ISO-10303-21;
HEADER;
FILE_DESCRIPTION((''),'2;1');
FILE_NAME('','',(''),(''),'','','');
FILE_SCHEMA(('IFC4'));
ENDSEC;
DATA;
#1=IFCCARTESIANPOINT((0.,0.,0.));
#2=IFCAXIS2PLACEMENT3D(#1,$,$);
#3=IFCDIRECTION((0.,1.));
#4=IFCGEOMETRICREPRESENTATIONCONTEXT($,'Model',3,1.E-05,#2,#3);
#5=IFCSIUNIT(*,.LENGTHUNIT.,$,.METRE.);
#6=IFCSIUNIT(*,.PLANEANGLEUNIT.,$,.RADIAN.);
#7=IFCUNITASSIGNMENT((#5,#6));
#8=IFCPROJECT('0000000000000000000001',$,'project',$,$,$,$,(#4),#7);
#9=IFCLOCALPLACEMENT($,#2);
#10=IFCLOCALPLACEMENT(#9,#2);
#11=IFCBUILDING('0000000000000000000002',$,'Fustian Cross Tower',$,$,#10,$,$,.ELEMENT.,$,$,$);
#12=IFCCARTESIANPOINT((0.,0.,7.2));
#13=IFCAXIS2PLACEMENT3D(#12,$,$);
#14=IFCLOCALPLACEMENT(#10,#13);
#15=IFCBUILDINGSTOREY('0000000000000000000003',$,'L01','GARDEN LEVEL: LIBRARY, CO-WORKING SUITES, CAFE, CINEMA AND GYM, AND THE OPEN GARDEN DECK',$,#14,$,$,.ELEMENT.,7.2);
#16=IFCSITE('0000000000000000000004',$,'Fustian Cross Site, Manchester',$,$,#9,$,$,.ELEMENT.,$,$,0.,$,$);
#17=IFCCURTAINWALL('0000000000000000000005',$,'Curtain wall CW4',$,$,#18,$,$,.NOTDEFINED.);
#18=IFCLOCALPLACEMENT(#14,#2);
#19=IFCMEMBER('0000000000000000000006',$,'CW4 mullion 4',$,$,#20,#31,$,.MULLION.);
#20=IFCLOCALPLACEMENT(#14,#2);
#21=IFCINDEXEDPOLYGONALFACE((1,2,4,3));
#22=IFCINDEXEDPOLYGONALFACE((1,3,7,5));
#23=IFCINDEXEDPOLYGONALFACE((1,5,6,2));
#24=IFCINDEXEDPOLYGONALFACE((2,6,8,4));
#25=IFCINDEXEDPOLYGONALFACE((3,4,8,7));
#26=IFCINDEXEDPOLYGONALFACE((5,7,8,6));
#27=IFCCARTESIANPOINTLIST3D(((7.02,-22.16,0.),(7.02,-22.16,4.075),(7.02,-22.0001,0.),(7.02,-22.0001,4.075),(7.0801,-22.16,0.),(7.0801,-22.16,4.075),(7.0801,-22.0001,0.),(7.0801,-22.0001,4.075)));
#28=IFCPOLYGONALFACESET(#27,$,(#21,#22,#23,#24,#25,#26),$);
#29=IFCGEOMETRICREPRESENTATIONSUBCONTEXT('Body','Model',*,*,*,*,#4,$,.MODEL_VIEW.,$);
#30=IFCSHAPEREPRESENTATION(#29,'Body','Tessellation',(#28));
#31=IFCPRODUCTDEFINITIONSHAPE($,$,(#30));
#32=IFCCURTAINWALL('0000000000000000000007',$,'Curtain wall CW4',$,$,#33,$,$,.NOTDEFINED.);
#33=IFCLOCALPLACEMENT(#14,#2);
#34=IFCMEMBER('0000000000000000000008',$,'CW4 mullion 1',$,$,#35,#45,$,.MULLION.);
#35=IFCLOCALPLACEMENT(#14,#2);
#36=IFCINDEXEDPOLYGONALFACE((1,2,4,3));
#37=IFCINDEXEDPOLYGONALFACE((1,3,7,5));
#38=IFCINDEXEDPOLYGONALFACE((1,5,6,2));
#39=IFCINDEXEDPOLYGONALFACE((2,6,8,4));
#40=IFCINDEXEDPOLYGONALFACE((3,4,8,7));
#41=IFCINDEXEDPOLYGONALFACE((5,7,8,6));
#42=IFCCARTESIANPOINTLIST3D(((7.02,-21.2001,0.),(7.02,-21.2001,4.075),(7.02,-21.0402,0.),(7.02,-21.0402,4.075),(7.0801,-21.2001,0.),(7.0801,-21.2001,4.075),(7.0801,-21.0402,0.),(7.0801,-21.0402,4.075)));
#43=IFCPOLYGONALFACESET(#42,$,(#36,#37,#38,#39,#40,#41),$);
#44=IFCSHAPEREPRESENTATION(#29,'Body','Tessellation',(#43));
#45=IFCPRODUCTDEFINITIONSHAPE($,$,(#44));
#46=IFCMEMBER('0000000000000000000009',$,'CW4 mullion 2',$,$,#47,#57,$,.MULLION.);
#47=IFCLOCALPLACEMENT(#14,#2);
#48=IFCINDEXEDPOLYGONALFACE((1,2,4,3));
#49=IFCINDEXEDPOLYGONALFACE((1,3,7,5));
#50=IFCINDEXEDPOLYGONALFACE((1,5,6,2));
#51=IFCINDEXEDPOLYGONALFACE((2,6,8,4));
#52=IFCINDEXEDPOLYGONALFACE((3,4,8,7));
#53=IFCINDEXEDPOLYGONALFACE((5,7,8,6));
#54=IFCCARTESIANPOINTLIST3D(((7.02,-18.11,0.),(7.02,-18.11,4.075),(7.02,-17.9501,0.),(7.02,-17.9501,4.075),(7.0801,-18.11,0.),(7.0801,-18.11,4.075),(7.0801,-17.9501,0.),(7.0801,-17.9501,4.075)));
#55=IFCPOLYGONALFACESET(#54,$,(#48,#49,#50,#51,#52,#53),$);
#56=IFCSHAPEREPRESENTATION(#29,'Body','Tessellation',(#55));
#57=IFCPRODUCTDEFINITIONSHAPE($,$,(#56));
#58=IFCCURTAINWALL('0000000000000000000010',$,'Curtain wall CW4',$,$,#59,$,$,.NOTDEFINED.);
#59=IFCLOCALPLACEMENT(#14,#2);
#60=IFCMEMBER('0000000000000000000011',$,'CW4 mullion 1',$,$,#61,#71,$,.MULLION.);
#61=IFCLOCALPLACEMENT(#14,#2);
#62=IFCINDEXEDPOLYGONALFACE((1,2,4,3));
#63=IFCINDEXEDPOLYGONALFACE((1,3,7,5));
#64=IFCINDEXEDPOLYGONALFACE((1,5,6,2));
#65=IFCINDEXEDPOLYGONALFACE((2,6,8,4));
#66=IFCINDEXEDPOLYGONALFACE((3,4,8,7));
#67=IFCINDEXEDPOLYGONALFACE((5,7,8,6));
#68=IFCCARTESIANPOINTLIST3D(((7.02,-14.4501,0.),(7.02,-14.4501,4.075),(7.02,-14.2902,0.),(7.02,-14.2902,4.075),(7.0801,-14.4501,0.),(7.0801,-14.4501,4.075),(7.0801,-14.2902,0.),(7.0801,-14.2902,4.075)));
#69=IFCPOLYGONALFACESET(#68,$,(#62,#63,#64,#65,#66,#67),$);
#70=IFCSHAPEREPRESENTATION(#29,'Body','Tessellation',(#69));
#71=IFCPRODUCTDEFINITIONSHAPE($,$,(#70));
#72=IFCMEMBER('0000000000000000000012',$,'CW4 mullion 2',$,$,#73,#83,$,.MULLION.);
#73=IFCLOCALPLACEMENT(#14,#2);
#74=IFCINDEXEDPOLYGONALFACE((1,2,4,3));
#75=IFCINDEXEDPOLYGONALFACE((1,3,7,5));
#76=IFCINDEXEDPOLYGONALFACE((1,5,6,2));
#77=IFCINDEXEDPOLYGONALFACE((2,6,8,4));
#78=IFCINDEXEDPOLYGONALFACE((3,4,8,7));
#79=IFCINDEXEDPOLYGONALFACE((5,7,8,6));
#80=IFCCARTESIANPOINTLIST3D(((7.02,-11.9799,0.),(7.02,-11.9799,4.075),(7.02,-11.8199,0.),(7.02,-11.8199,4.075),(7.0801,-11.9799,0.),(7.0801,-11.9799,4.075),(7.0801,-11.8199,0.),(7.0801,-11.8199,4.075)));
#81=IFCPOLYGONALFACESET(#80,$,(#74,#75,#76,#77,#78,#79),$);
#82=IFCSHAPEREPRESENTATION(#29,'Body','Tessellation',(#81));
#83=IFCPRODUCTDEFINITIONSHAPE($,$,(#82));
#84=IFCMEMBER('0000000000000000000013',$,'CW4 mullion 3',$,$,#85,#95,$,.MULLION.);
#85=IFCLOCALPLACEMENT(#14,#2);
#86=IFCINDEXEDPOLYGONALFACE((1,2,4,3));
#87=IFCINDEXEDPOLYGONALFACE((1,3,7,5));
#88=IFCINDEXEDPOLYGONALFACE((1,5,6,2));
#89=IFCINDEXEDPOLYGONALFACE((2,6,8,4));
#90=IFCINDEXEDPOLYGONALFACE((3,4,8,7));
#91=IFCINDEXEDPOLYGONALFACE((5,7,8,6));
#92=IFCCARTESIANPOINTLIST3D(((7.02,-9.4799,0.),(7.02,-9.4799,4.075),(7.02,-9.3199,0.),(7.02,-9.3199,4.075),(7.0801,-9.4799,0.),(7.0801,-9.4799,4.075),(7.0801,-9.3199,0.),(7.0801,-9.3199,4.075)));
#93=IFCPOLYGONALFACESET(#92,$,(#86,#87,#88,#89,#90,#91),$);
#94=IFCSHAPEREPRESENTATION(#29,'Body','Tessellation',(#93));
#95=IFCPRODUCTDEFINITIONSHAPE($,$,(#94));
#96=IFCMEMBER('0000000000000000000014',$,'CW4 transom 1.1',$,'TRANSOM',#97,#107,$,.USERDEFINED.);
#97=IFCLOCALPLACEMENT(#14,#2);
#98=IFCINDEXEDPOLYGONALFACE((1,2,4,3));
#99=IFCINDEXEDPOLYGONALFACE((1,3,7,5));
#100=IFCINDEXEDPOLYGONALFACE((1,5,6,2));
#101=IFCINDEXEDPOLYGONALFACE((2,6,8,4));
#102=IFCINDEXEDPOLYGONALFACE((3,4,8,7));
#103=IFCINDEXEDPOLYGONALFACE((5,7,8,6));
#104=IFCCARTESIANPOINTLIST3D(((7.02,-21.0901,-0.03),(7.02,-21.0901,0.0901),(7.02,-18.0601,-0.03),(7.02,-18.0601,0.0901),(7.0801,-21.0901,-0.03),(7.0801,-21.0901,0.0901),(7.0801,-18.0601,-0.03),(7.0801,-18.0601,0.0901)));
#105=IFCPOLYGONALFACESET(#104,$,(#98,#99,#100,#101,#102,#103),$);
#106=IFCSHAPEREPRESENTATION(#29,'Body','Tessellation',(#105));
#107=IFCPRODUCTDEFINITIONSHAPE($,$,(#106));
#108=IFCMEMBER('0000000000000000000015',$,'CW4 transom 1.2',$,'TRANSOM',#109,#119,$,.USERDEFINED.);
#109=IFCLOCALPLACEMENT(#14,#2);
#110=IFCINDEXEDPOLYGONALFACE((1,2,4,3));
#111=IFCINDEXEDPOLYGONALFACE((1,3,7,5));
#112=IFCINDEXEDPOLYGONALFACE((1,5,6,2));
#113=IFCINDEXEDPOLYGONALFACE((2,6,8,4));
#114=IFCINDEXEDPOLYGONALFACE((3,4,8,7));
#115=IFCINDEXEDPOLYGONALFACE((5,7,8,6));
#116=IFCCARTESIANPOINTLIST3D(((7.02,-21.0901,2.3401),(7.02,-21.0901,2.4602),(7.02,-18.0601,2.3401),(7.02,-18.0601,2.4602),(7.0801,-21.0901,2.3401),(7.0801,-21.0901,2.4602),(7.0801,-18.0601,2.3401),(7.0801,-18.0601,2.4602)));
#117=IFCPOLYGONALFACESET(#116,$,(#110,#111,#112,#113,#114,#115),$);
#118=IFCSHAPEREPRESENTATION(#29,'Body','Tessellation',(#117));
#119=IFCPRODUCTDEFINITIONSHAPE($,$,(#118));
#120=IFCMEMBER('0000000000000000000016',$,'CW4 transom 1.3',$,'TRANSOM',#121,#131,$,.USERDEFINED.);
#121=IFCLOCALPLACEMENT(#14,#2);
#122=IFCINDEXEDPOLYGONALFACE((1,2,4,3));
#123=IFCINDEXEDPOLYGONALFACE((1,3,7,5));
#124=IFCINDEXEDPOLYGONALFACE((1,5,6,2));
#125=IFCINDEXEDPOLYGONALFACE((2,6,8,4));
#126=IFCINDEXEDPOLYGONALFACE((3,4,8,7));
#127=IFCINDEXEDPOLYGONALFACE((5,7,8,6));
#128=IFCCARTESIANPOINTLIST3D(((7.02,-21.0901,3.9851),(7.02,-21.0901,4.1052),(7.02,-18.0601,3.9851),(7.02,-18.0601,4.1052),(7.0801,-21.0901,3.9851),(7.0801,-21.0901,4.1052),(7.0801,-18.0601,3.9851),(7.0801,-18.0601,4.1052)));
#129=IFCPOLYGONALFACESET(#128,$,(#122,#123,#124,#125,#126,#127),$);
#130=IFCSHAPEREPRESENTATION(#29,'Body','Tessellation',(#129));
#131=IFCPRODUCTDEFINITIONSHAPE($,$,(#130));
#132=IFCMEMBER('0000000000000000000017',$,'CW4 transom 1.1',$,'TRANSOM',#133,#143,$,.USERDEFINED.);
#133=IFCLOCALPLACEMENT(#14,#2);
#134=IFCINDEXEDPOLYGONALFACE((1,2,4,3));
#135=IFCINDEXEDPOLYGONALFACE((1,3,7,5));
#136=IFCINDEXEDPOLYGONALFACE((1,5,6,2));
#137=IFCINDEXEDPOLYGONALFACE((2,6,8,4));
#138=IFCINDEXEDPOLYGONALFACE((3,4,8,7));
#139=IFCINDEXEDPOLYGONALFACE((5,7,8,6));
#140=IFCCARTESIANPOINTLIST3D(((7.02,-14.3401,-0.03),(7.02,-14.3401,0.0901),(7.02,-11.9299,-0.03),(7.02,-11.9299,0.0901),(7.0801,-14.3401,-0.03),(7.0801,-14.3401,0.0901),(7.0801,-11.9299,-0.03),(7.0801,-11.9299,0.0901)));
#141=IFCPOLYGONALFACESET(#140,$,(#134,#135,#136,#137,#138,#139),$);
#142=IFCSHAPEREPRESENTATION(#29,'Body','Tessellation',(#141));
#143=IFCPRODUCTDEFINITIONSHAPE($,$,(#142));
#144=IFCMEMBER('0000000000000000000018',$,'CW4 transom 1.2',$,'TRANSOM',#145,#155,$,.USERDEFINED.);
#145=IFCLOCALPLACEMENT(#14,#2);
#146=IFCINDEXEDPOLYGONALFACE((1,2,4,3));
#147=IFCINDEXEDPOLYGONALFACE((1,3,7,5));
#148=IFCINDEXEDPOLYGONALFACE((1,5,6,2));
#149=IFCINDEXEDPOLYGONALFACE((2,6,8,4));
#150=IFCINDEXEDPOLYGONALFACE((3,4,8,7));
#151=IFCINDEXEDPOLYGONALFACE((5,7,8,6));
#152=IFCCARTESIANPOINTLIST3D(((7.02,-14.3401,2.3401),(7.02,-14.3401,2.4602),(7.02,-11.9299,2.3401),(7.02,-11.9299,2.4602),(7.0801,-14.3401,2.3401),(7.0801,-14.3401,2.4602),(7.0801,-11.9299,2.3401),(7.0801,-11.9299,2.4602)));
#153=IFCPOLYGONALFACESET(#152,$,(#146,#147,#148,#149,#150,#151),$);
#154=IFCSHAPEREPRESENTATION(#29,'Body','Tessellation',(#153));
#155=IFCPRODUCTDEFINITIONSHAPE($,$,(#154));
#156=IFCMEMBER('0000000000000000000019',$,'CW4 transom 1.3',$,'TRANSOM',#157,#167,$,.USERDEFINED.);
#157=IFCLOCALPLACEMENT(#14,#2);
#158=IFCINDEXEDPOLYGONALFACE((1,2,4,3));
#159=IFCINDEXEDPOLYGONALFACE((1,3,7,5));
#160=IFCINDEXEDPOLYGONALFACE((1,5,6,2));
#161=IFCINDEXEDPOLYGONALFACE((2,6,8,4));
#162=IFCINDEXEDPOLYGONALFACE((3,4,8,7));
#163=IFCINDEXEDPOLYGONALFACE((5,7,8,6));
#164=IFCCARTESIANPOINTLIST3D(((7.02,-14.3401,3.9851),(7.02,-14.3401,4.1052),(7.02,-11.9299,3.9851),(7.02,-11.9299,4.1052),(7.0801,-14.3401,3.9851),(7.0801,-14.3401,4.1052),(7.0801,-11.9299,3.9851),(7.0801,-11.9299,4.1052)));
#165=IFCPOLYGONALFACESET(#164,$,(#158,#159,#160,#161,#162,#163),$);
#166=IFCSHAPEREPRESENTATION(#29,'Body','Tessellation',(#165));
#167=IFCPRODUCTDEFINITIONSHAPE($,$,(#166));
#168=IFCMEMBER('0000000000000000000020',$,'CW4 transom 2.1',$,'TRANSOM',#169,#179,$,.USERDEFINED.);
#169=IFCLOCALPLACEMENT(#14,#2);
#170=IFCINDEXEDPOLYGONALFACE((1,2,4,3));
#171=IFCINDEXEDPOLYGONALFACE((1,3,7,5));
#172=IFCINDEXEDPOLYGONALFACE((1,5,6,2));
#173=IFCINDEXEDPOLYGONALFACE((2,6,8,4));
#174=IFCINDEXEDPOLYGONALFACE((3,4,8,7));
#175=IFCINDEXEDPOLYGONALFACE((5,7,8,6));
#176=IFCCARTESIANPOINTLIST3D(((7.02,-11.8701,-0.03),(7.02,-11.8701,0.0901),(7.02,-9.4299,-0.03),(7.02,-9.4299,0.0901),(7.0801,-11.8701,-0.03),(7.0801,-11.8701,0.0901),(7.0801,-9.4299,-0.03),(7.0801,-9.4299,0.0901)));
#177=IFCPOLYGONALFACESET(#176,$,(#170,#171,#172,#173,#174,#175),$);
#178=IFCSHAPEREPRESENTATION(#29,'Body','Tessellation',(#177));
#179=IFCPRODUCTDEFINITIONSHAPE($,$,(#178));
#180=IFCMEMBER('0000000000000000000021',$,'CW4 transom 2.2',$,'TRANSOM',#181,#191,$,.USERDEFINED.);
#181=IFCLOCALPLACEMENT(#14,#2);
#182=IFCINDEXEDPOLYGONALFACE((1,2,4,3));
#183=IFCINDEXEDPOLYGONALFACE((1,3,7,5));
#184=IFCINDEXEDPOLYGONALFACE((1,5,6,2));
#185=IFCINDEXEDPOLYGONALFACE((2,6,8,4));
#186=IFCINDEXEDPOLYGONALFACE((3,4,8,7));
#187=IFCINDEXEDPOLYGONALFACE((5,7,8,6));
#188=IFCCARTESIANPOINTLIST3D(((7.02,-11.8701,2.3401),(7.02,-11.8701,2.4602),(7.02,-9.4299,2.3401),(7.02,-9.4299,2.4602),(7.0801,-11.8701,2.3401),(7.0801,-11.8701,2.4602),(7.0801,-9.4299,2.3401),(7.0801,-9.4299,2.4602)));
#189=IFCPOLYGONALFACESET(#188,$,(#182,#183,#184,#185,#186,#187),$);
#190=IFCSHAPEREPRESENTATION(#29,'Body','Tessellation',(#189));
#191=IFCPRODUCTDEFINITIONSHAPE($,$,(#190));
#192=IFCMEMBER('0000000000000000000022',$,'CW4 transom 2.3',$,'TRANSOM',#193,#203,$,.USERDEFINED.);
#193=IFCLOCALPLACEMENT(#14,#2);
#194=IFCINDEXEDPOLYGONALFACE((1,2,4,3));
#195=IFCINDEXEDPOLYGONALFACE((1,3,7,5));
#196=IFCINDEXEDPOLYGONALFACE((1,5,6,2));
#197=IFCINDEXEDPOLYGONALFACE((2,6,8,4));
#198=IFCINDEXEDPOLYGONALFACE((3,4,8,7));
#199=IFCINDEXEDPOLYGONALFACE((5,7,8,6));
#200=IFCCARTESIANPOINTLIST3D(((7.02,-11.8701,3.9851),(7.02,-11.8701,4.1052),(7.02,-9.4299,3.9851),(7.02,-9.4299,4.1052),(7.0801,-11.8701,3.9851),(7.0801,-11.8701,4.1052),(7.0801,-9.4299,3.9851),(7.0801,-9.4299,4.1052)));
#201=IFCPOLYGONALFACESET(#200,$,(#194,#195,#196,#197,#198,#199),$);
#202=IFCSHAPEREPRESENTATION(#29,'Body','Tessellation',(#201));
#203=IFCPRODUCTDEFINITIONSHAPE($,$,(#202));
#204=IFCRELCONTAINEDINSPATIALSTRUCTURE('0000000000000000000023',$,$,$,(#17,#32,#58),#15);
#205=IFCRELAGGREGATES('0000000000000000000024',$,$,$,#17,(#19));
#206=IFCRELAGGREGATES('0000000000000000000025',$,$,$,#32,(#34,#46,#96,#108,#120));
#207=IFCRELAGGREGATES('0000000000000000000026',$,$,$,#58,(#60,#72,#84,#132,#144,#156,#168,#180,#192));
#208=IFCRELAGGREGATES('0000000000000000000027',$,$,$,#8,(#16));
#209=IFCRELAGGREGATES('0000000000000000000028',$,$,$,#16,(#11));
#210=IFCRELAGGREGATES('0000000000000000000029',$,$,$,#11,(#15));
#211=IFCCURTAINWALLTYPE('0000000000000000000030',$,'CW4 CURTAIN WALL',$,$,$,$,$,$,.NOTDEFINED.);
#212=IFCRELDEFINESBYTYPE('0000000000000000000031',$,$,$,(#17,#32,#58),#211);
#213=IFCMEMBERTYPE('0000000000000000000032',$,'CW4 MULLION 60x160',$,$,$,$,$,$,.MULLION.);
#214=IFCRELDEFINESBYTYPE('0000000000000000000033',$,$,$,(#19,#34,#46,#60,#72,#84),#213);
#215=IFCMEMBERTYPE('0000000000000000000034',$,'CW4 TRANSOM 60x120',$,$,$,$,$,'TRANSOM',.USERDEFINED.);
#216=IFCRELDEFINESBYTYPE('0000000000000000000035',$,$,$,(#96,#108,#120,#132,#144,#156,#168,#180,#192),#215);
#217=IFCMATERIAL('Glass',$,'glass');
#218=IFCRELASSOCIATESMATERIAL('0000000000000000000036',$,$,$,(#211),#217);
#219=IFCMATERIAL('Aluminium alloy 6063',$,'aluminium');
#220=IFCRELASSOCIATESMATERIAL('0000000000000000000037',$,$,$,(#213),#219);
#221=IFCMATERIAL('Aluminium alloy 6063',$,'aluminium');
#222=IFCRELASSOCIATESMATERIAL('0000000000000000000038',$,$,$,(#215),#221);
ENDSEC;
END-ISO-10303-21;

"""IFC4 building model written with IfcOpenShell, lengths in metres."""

from ifc_helpers import new_model, si_unit, direction, frame, origin, origin_2d, place, context, subcontext, project, spatial, rectangle, extrude, material, material_profile, profile_set, type_object, element, aggregate, save


model = new_model("IFC4")

# Units and contexts
model_context = context("Model", 3, precision=1e-05, world=origin(), true_north=direction((0.0, 1.0)))
body_context = subcontext(model_context, "Body", "Model", "MODEL_VIEW")
ifc_project = project(units=[si_unit("LENGTHUNIT", "METRE"), si_unit("PLANEANGLEUNIT", "RADIAN")], contexts=[model_context])

# Site, building, storey
site_placement = place(None, origin())
site = spatial("IfcSite", under=ifc_project, at=site_placement, Name="Fustian Cross Site, Manchester", CompositionType="ELEMENT", RefElevation=0.0)
building_placement = place(site_placement, origin())
building = spatial("IfcBuilding", under=site, at=building_placement, Name="Fustian Cross Tower", CompositionType="ELEMENT")
storey_placement = place(building_placement, frame((0.0, 0.0, 7.2)))
storey = spatial("IfcBuildingStorey", under=building, at=storey_placement, Name="L01", Description="GARDEN LEVEL: LIBRARY, CO-WORKING SUITES, CAFE, CINEMA AND GYM, AND THE OPEN GARDEN DECK", CompositionType="ELEMENT", Elevation=7.2)

# Curtain wall, member
ifc_material_1 = material(Name="Glass", Category="glass")
curtain_wall_type = type_object("IfcCurtainWallType", Name="CW4 CURTAIN WALL", PredefinedType="NOTDEFINED", material=ifc_material_1)
curtain_wall_1_placement = place(storey_placement, origin())
curtain_wall_1 = element("IfcCurtainWall", 1, at=curtain_wall_1_placement, inside=storey, type_object=curtain_wall_type, Name="Curtain wall CW4", PredefinedType="NOTDEFINED")
ifc_material_2 = material(Name="Aluminium alloy 6063", Category="aluminium")
ifc_material_profile_1 = material_profile(ifc_material_2, rectangle(XDim=0.0601, YDim=0.1599, at=origin_2d()), Name="CW4 MULLION 60x160")
ifc_profile_set_1 = profile_set([ifc_material_profile_1], Name="Aluminium alloy 6063")
member_type_1 = type_object("IfcMemberType", Name="CW4 MULLION 60x160", PredefinedType="MULLION", material=ifc_profile_set_1)
member_1_placement = place(storey_placement, frame((7.05, -22.0801, 0.0), z_axis=(0.0, 0.0, 1.0), x_axis=(-1.0, 0.0, 0.0)))
member_1 = element("IfcMember", 2, at=member_1_placement, type_object=member_type_1, Name="CW4 mullion 4", PredefinedType="MULLION", context=body_context, shape_type="SweptSolid", body=[
    extrude(rectangle(XDim=0.0601, YDim=0.1599, at=origin_2d()), origin(), (0.0, 0.0, 1.0), 4.075),
])

# Curtain walls, members
curtain_wall_2_placement = place(storey_placement, origin())
curtain_wall_2 = element("IfcCurtainWall", 3, at=curtain_wall_2_placement, inside=storey, type_object=curtain_wall_type, Name="Curtain wall CW4", PredefinedType="NOTDEFINED")
member_2_placement = place(storey_placement, frame((7.05, -21.1201, 0.0), z_axis=(0.0, 0.0, 1.0), x_axis=(-1.0, 0.0, 0.0)))
member_2 = element("IfcMember", 4, at=member_2_placement, type_object=member_type_1, Name="CW4 mullion 1", PredefinedType="MULLION", context=body_context, shape_type="SweptSolid", body=[
    extrude(rectangle(XDim=0.0601, YDim=0.1599, at=origin_2d()), origin(), (0.0, 0.0, 1.0), 4.075),
])
member_3_placement = place(storey_placement, frame((7.05, -18.03, 0.0), z_axis=(0.0, 0.0, 1.0), x_axis=(-1.0, 0.0, 0.0)))
member_3 = element("IfcMember", 5, at=member_3_placement, type_object=member_type_1, Name="CW4 mullion 2", PredefinedType="MULLION", context=body_context, shape_type="SweptSolid", body=[
    extrude(rectangle(XDim=0.0601, YDim=0.1599, at=origin_2d()), origin(), (0.0, 0.0, 1.0), 4.075),
])
curtain_wall_3_placement = place(storey_placement, origin())
curtain_wall_3 = element("IfcCurtainWall", 6, at=curtain_wall_3_placement, inside=storey, type_object=curtain_wall_type, Name="Curtain wall CW4", PredefinedType="NOTDEFINED")
member_4_placement = place(storey_placement, frame((7.05, -14.3701, 0.0), z_axis=(0.0, 0.0, 1.0), x_axis=(-1.0, 0.0, 0.0)))
member_4 = element("IfcMember", 7, at=member_4_placement, type_object=member_type_1, Name="CW4 mullion 1", PredefinedType="MULLION", context=body_context, shape_type="SweptSolid", body=[
    extrude(rectangle(XDim=0.0601, YDim=0.1599, at=origin_2d()), origin(), (0.0, 0.0, 1.0), 4.075),
])
member_5_placement = place(storey_placement, frame((7.05, -11.8999, 0.0), z_axis=(0.0, 0.0, 1.0), x_axis=(-1.0, 0.0, 0.0)))
member_5 = element("IfcMember", 8, at=member_5_placement, type_object=member_type_1, Name="CW4 mullion 2", PredefinedType="MULLION", context=body_context, shape_type="SweptSolid", body=[
    extrude(rectangle(XDim=0.0601, YDim=0.1599, at=origin_2d()), origin(), (0.0, 0.0, 1.0), 4.075),
])
member_6_placement = place(storey_placement, frame((7.05, -9.3999, 0.0), z_axis=(0.0, 0.0, 1.0), x_axis=(-1.0, 0.0, 0.0)))
member_6 = element("IfcMember", 9, at=member_6_placement, type_object=member_type_1, Name="CW4 mullion 3", PredefinedType="MULLION", context=body_context, shape_type="SweptSolid", body=[
    extrude(rectangle(XDim=0.0601, YDim=0.1599, at=origin_2d()), origin(), (0.0, 0.0, 1.0), 4.075),
])

# Members
ifc_material_3 = material(Name="Aluminium alloy 6063", Category="aluminium")
ifc_material_profile_2 = material_profile(ifc_material_3, rectangle(XDim=0.0601, YDim=0.1201, at=origin_2d()), Name="CW4 TRANSOM 60x120")
ifc_profile_set_2 = profile_set([ifc_material_profile_2], Name="Aluminium alloy 6063")
member_type_2 = type_object("IfcMemberType", Name="CW4 TRANSOM 60x120", ElementType="TRANSOM", PredefinedType="USERDEFINED", material=ifc_profile_set_2)
member_7_placement = place(storey_placement, frame((7.05, -21.0901, 0.03), z_axis=(0.0, 1.0, 0.0), x_axis=(-1.0, 0.0, 0.0)))
member_7 = element("IfcMember", 10, at=member_7_placement, type_object=member_type_2, Name="CW4 transom 1.1", ObjectType="TRANSOM", PredefinedType="USERDEFINED", context=body_context, shape_type="SweptSolid", body=[
    extrude(rectangle(XDim=0.0601, YDim=0.1201, at=origin_2d()), origin(), (0.0, 0.0, 1.0), 3.03),
])
member_8_placement = place(storey_placement, frame((7.05, -21.0901, 2.4001), z_axis=(0.0, 1.0, 0.0), x_axis=(-1.0, 0.0, 0.0)))
member_8 = element("IfcMember", 11, at=member_8_placement, type_object=member_type_2, Name="CW4 transom 1.2", ObjectType="TRANSOM", PredefinedType="USERDEFINED", context=body_context, shape_type="SweptSolid", body=[
    extrude(rectangle(XDim=0.0601, YDim=0.1201, at=origin_2d()), origin(), (0.0, 0.0, 1.0), 3.03),
])
member_9_placement = place(storey_placement, frame((7.05, -21.0901, 4.0452), z_axis=(0.0, 1.0, 0.0), x_axis=(-1.0, 0.0, 0.0)))
member_9 = element("IfcMember", 12, at=member_9_placement, type_object=member_type_2, Name="CW4 transom 1.3", ObjectType="TRANSOM", PredefinedType="USERDEFINED", context=body_context, shape_type="SweptSolid", body=[
    extrude(rectangle(XDim=0.0601, YDim=0.1201, at=origin_2d()), origin(), (0.0, 0.0, 1.0), 3.03),
])
member_10_placement = place(storey_placement, frame((7.05, -14.3401, 0.03), z_axis=(0.0, 1.0, 0.0), x_axis=(-1.0, 0.0, 0.0)))
member_10 = element("IfcMember", 13, at=member_10_placement, type_object=member_type_2, Name="CW4 transom 1.1", ObjectType="TRANSOM", PredefinedType="USERDEFINED", context=body_context, shape_type="SweptSolid", body=[
    extrude(rectangle(XDim=0.0601, YDim=0.1201, at=origin_2d()), origin(), (0.0, 0.0, 1.0), 2.4102),
])
member_11_placement = place(storey_placement, frame((7.05, -14.3401, 2.4001), z_axis=(0.0, 1.0, 0.0), x_axis=(-1.0, 0.0, 0.0)))
member_11 = element("IfcMember", 14, at=member_11_placement, type_object=member_type_2, Name="CW4 transom 1.2", ObjectType="TRANSOM", PredefinedType="USERDEFINED", context=body_context, shape_type="SweptSolid", body=[
    extrude(rectangle(XDim=0.0601, YDim=0.1201, at=origin_2d()), origin(), (0.0, 0.0, 1.0), 2.4102),
])
member_12_placement = place(storey_placement, frame((7.05, -14.3401, 4.0452), z_axis=(0.0, 1.0, 0.0), x_axis=(-1.0, 0.0, 0.0)))
member_12 = element("IfcMember", 15, at=member_12_placement, type_object=member_type_2, Name="CW4 transom 1.3", ObjectType="TRANSOM", PredefinedType="USERDEFINED", context=body_context, shape_type="SweptSolid", body=[
    extrude(rectangle(XDim=0.0601, YDim=0.1201, at=origin_2d()), origin(), (0.0, 0.0, 1.0), 2.4102),
])
member_13_placement = place(storey_placement, frame((7.05, -11.8701, 0.03), z_axis=(0.0, 1.0, 0.0), x_axis=(-1.0, 0.0, 0.0)))
member_13 = element("IfcMember", 16, at=member_13_placement, type_object=member_type_2, Name="CW4 transom 2.1", ObjectType="TRANSOM", PredefinedType="USERDEFINED", context=body_context, shape_type="SweptSolid", body=[
    extrude(rectangle(XDim=0.0601, YDim=0.1201, at=origin_2d()), origin(), (0.0, 0.0, 1.0), 2.4402),
])
member_14_placement = place(storey_placement, frame((7.05, -11.8701, 2.4001), z_axis=(0.0, 1.0, 0.0), x_axis=(-1.0, 0.0, 0.0)))
member_14 = element("IfcMember", 17, at=member_14_placement, type_object=member_type_2, Name="CW4 transom 2.2", ObjectType="TRANSOM", PredefinedType="USERDEFINED", context=body_context, shape_type="SweptSolid", body=[
    extrude(rectangle(XDim=0.0601, YDim=0.1201, at=origin_2d()), origin(), (0.0, 0.0, 1.0), 2.4402),
])
member_15_placement = place(storey_placement, frame((7.05, -11.8701, 4.0452), z_axis=(0.0, 1.0, 0.0), x_axis=(-1.0, 0.0, 0.0)))
member_15 = element("IfcMember", 18, at=member_15_placement, type_object=member_type_2, Name="CW4 transom 2.3", ObjectType="TRANSOM", PredefinedType="USERDEFINED", context=body_context, shape_type="SweptSolid", body=[
    extrude(rectangle(XDim=0.0601, YDim=0.1201, at=origin_2d()), origin(), (0.0, 0.0, 1.0), 2.4402),
])

aggregate(curtain_wall_1, [member_1])
aggregate(curtain_wall_2, [member_2, member_3, member_7, member_8, member_9])
aggregate(curtain_wall_3, [member_4, member_5, member_6, member_10, member_11, member_12, member_13, member_14, member_15])

save(model, "model.ifc")
